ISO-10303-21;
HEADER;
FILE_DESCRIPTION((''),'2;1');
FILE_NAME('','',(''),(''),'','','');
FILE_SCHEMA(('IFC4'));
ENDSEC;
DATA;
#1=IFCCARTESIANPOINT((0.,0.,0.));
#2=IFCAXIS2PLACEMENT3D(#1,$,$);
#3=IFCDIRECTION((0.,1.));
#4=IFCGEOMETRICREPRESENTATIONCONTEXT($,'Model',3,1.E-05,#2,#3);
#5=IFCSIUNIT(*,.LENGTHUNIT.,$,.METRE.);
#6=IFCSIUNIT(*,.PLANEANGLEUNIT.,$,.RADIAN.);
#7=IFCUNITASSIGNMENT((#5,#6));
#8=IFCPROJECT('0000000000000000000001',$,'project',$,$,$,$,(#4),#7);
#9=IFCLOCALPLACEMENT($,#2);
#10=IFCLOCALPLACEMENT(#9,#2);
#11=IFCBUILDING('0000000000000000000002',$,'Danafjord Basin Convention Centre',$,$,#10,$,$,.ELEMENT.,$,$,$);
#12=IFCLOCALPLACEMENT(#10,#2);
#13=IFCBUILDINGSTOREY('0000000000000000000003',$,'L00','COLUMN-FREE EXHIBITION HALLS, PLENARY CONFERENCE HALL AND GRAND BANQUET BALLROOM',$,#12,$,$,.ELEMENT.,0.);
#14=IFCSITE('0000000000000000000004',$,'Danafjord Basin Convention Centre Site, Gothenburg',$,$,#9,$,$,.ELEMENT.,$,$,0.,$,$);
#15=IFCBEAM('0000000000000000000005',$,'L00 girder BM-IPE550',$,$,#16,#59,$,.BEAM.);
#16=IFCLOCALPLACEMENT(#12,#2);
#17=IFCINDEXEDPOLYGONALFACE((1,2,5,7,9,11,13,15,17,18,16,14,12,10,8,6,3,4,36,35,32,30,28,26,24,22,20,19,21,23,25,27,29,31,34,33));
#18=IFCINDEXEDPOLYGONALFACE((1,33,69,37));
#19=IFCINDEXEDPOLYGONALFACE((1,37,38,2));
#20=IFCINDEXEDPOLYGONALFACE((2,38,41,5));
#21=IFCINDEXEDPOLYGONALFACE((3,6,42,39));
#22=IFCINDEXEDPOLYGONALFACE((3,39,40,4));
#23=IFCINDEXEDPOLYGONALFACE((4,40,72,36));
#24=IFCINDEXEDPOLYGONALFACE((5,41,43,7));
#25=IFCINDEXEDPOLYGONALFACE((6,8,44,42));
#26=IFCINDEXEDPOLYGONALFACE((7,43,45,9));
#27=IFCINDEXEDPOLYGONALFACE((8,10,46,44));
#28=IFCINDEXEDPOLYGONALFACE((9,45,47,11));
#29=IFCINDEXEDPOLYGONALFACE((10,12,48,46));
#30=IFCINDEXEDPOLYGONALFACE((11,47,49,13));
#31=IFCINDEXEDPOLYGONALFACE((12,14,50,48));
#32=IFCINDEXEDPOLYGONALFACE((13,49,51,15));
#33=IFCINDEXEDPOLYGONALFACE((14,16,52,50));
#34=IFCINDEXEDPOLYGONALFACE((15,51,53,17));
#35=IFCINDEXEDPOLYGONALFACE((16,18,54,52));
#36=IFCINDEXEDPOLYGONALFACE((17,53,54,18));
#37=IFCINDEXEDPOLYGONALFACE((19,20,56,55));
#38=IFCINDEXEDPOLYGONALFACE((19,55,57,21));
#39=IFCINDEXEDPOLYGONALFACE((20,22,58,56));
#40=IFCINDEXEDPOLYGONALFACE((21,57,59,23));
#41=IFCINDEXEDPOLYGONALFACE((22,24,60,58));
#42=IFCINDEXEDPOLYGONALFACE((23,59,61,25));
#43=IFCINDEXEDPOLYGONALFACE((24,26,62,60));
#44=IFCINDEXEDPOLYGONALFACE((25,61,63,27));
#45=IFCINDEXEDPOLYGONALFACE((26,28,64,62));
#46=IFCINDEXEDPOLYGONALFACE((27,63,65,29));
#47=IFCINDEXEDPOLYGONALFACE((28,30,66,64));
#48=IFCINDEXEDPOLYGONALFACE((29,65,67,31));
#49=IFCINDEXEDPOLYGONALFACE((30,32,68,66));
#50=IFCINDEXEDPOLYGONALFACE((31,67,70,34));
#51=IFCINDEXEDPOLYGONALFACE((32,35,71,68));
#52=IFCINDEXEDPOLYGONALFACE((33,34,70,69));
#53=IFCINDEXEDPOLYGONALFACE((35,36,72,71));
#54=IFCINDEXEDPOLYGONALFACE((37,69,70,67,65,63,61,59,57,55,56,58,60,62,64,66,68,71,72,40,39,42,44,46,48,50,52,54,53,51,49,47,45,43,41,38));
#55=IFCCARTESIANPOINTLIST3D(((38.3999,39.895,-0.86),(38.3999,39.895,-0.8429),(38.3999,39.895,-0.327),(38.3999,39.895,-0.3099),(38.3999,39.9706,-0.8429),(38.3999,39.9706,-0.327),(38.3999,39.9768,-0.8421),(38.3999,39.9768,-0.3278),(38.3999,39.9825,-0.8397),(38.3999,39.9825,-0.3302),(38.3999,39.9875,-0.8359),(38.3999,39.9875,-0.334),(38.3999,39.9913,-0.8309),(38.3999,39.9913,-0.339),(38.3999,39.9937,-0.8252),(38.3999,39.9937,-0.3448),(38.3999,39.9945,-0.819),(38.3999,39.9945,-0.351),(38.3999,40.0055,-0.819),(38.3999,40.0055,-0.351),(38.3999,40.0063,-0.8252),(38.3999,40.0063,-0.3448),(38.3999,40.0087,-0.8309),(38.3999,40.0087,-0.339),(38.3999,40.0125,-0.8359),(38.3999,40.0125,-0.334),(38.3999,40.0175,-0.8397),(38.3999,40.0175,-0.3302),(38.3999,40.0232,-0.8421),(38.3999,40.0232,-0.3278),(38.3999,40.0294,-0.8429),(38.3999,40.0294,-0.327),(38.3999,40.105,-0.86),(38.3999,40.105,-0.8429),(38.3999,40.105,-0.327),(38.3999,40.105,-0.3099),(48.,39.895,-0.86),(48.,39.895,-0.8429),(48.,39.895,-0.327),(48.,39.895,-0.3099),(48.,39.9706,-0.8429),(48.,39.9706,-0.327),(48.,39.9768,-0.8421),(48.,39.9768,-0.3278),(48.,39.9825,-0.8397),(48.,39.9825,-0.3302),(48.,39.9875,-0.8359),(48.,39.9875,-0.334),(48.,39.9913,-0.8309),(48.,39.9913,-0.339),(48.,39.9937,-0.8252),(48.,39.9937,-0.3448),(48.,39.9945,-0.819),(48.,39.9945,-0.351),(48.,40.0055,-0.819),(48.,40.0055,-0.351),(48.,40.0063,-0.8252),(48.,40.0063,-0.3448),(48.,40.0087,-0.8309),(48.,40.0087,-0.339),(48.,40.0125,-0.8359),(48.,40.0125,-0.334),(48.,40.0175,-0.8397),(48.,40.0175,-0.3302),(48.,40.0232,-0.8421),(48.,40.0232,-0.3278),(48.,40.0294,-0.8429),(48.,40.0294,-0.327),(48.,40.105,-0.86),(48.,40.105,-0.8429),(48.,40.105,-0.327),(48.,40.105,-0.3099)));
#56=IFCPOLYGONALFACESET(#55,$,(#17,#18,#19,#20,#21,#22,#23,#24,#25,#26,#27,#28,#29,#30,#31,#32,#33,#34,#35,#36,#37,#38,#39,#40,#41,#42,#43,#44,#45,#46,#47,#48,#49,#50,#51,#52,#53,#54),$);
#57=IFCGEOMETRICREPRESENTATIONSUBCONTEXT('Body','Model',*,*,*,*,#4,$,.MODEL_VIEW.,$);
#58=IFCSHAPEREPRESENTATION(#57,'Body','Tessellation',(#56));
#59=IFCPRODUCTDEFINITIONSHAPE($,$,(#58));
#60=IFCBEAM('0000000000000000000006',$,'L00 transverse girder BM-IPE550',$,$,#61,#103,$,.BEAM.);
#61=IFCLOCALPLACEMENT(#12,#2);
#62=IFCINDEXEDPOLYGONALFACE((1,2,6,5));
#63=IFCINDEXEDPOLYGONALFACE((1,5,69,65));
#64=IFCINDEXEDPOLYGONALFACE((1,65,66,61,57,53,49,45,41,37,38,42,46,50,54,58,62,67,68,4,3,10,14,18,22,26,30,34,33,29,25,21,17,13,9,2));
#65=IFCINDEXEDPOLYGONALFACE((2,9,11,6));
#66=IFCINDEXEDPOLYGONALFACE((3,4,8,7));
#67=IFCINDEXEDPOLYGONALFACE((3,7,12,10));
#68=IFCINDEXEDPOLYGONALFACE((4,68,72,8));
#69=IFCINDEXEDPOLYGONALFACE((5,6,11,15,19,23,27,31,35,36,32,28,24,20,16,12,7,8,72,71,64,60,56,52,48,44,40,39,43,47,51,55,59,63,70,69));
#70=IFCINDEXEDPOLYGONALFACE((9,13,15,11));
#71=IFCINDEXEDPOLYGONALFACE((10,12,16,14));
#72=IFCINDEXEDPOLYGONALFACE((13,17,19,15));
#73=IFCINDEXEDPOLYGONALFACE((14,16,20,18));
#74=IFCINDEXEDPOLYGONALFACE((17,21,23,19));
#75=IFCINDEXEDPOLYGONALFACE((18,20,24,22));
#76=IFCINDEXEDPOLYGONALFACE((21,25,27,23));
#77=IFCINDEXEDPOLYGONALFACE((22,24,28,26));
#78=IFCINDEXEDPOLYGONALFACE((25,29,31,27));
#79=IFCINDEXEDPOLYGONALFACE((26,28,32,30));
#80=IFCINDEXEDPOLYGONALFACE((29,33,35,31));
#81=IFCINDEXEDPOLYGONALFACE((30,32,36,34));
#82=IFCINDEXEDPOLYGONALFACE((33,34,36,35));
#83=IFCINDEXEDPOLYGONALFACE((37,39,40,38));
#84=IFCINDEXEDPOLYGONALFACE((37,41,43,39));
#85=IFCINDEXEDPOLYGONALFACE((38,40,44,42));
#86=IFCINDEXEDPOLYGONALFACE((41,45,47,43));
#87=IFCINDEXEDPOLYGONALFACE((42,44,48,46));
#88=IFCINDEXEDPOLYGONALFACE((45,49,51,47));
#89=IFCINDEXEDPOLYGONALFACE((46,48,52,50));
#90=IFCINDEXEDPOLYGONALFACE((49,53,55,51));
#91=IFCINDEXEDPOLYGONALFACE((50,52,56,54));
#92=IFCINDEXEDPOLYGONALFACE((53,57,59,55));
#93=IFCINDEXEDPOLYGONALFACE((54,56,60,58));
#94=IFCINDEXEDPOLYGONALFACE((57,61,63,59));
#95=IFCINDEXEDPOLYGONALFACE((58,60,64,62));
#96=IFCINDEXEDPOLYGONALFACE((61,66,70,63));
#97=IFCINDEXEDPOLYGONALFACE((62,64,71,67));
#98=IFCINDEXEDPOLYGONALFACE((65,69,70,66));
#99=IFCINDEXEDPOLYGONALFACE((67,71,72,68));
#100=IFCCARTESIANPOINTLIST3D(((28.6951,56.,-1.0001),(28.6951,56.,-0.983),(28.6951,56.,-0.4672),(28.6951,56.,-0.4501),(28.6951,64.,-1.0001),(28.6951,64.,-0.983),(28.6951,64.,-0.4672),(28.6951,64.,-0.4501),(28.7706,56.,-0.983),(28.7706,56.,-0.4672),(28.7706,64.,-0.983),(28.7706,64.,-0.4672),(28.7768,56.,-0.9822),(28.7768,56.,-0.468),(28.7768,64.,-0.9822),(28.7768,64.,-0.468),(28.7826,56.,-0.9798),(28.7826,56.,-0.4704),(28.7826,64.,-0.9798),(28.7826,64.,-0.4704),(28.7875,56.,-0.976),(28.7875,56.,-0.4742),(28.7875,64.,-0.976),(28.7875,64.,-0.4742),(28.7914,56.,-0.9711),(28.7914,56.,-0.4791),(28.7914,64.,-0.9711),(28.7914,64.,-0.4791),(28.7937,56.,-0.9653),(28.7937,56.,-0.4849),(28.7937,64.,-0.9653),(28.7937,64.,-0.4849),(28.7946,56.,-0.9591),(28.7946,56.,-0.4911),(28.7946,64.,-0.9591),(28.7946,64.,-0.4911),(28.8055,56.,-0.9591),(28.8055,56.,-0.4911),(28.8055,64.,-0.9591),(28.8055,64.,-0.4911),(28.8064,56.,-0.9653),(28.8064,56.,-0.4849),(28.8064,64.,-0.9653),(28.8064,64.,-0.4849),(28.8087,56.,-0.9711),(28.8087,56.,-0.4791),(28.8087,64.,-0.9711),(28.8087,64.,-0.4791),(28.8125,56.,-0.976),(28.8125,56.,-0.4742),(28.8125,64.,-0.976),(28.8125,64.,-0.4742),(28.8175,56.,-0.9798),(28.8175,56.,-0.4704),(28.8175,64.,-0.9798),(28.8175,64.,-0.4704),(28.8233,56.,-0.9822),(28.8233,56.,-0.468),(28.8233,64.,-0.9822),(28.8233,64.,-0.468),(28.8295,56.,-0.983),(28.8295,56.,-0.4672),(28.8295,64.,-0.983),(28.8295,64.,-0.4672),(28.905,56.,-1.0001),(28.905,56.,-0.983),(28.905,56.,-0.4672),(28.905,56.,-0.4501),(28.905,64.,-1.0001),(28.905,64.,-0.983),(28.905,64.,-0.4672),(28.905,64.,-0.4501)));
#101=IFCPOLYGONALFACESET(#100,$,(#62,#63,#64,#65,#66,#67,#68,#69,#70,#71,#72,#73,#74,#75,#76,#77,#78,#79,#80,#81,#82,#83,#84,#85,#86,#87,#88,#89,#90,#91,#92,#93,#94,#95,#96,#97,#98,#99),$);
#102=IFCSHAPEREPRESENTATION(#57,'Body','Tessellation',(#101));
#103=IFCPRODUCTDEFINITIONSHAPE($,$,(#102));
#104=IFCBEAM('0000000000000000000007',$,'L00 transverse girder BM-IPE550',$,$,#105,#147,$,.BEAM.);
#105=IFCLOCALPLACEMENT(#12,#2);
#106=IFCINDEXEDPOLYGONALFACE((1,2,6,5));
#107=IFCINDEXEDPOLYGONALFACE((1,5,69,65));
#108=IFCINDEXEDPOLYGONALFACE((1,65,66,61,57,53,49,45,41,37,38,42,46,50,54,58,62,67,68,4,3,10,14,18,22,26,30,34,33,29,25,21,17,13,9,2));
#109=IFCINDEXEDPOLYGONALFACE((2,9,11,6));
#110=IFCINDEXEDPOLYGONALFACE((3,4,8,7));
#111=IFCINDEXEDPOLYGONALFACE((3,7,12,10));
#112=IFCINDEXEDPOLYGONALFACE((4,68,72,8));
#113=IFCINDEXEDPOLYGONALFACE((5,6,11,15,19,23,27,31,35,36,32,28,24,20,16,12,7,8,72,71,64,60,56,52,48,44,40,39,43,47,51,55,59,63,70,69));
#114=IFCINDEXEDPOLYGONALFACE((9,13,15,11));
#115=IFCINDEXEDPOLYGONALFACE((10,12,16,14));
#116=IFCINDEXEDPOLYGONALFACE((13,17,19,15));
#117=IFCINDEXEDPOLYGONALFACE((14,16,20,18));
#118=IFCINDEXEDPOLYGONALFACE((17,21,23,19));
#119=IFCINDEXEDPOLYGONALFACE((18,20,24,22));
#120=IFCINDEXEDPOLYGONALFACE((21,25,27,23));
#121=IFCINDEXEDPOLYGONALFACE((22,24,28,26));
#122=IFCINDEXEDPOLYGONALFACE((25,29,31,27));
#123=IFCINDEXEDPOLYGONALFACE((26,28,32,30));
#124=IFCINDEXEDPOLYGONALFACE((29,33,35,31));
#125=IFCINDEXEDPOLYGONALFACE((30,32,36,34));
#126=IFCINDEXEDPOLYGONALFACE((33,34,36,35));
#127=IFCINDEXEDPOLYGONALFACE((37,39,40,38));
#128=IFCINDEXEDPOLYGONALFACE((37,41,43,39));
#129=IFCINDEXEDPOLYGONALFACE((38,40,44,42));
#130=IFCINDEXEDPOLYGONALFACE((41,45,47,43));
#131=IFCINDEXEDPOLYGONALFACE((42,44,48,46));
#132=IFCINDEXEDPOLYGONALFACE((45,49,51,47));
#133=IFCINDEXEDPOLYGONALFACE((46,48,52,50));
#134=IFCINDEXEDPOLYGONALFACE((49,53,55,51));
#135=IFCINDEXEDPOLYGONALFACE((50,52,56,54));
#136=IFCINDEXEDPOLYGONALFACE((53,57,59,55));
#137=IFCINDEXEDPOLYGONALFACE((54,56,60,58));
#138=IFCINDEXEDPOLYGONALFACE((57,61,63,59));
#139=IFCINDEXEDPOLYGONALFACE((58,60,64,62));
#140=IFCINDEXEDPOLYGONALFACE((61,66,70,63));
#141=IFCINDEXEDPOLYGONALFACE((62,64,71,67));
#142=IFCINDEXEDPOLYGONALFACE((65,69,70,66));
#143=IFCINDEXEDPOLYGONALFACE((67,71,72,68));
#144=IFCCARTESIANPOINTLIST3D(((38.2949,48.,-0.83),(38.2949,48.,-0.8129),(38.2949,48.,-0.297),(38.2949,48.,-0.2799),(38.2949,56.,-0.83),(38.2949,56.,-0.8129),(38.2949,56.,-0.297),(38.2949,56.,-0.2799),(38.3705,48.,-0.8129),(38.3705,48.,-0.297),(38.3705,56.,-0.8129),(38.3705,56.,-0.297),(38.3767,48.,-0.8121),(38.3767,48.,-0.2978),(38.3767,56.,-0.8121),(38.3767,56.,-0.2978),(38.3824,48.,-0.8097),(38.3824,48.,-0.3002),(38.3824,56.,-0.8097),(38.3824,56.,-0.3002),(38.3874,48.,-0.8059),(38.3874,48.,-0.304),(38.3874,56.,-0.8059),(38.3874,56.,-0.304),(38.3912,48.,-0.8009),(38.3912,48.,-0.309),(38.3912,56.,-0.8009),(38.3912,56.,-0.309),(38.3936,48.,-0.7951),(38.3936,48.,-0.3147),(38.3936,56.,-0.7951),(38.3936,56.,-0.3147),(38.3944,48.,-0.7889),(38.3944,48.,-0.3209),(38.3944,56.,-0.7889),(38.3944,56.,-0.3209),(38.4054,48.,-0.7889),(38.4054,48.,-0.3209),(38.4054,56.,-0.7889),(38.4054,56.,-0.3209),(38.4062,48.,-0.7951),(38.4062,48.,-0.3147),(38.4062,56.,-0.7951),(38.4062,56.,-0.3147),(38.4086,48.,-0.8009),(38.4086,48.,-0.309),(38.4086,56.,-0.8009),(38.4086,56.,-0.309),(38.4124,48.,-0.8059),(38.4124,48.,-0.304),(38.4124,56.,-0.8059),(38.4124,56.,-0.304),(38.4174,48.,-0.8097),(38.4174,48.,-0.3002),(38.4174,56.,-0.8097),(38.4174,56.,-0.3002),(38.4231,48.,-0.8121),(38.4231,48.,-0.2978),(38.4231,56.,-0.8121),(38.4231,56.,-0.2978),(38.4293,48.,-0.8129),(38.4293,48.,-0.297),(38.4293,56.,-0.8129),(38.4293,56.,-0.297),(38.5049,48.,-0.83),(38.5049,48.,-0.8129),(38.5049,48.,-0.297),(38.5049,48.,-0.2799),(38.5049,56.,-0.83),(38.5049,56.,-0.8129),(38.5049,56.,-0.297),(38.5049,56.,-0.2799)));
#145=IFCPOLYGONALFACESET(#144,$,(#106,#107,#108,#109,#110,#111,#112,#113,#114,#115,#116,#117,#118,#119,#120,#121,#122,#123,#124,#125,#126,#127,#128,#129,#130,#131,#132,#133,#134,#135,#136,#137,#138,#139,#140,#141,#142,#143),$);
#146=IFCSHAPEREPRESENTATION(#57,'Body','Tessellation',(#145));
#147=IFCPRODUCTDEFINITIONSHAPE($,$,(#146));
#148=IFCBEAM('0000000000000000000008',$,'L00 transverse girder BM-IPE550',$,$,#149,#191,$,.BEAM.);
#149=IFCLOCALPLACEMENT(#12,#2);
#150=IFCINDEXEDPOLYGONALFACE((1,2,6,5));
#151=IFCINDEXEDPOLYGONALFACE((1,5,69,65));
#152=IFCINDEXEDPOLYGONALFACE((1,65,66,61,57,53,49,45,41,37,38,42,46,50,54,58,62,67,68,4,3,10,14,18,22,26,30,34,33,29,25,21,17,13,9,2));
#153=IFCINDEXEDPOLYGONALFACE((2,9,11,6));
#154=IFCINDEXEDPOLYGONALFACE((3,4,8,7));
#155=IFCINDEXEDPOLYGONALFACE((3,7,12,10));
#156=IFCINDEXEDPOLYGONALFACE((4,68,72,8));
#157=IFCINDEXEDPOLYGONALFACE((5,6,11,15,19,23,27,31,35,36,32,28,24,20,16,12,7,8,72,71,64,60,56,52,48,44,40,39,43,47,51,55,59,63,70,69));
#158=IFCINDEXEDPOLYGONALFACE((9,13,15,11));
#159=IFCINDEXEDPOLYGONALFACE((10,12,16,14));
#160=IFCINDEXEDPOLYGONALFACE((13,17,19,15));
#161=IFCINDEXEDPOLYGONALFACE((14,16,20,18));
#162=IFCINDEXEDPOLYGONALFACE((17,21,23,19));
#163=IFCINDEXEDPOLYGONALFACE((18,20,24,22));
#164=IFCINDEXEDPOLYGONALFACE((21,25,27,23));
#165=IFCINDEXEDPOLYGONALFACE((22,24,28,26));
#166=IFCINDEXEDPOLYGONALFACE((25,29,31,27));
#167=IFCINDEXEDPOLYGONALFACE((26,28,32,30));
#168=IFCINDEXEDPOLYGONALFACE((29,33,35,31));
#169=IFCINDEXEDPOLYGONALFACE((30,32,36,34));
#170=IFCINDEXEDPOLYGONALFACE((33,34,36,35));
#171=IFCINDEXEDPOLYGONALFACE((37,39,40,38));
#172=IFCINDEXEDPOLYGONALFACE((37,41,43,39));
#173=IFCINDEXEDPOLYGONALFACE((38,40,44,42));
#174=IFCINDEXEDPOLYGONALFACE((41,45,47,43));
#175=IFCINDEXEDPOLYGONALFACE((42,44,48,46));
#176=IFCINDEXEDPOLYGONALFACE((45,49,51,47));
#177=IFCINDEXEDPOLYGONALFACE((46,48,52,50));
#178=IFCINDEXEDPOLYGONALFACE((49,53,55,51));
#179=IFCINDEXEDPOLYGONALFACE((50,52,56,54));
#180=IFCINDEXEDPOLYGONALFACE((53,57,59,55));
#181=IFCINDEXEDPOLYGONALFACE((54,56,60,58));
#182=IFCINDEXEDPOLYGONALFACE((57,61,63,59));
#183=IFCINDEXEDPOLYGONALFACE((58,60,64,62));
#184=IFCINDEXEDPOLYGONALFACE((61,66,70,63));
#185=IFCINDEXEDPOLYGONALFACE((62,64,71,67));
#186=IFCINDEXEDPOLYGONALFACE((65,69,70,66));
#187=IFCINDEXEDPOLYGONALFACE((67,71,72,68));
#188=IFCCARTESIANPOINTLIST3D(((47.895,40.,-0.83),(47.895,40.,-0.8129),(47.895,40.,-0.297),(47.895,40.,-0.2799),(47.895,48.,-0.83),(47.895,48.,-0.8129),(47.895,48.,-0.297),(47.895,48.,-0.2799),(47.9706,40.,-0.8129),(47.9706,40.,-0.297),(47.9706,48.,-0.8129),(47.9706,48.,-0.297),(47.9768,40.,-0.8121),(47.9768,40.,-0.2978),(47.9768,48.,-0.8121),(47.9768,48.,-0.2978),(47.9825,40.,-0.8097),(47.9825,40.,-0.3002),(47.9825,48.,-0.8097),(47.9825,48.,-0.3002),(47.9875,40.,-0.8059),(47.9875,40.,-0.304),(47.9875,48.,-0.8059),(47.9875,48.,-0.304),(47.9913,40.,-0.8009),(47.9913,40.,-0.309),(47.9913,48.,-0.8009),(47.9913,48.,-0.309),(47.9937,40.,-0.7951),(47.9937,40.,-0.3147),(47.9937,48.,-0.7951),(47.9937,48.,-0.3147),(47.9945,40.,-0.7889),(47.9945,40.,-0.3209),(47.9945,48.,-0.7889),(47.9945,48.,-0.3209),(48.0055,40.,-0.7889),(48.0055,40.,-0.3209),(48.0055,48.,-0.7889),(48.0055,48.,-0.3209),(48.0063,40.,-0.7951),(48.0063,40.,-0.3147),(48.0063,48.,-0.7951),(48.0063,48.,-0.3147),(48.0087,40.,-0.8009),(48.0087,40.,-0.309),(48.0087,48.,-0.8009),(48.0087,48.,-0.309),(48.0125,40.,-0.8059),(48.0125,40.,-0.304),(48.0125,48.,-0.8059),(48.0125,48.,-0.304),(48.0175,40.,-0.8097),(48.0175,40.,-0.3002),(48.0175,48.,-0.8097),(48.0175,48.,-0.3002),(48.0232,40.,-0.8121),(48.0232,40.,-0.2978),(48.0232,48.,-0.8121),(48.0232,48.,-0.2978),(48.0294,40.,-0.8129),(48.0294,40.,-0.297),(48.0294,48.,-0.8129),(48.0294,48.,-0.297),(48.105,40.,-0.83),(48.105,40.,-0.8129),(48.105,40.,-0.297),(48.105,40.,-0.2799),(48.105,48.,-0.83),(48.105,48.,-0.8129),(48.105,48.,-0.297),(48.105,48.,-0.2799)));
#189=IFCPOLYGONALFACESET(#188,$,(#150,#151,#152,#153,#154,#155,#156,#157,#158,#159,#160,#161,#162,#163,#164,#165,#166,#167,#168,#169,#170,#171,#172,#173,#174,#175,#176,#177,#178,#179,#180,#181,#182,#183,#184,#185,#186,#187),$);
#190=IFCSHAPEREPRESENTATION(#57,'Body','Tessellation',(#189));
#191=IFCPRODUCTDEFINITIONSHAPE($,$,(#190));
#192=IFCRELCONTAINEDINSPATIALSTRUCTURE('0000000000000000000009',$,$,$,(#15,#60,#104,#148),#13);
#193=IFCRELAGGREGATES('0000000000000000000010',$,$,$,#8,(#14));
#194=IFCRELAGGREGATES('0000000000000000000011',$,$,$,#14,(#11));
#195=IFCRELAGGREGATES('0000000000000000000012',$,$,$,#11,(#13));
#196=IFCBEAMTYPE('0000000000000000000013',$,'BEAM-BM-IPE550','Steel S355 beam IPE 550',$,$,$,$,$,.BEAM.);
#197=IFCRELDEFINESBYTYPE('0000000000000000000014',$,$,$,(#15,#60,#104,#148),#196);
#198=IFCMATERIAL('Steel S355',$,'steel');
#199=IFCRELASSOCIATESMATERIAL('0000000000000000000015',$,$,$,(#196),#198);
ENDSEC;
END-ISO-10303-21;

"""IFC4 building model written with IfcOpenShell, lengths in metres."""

from ifc_helpers import new_model, si_unit, direction, frame, origin, origin_2d, place, context, subcontext, project, spatial, i_section, extrude, material, material_profile, profile_set, type_object, element, save


model = new_model("IFC4")

# Units and contexts
model_context = context("Model", 3, precision=1e-05, world=origin(), true_north=direction((0.0, 1.0)))
body_context = subcontext(model_context, "Body", "Model", "MODEL_VIEW")
ifc_project = project(units=[si_unit("LENGTHUNIT", "METRE"), si_unit("PLANEANGLEUNIT", "RADIAN")], contexts=[model_context])

# Site, building, storey
site_placement = place(None, origin())
site = spatial("IfcSite", under=ifc_project, at=site_placement, Name="Danafjord Basin Convention Centre Site, Gothenburg", CompositionType="ELEMENT", RefElevation=0.0)
building_placement = place(site_placement, origin())
building = spatial("IfcBuilding", under=site, at=building_placement, Name="Danafjord Basin Convention Centre", CompositionType="ELEMENT")
storey_placement = place(building_placement, origin())
storey = spatial("IfcBuildingStorey", under=building, at=storey_placement, Name="L00", Description="COLUMN-FREE EXHIBITION HALLS, PLENARY CONFERENCE HALL AND GRAND BANQUET BALLROOM", CompositionType="ELEMENT", Elevation=0.0)

# Shared definitions
ifc_material_1 = material(Name="Steel S355", Category="steel")

# Beams
ifc_material_profile_1 = material_profile(ifc_material_1, i_section(OverallWidth=0.21, OverallDepth=0.55, WebThickness=0.011, FlangeThickness=0.0171, FilletRadius=0.0239, at=origin_2d()), Name="IPE 550")
ifc_profile_set_1 = profile_set([ifc_material_profile_1], Name="Steel S355")
beam_type_1 = type_object("IfcBeamType", Name="BEAM-BM-IPE550", Description="Steel S355 beam IPE 550", PredefinedType="BEAM", material=ifc_profile_set_1)
beam_1_placement = place(storey_placement, frame((38.3999, 40.0, -0.585), z_axis=(1.0, 0.0, 0.0), x_axis=(0.0, 1.0, 0.0)))
element("IfcBeam", 1, at=beam_1_placement, inside=storey, type_object=beam_type_1, Name="L00 girder BM-IPE550", PredefinedType="BEAM", context=body_context, shape_type="SweptSolid", body=[
    extrude(i_section(OverallWidth=0.21, OverallDepth=0.55, WebThickness=0.011, FlangeThickness=0.0171, FilletRadius=0.0239, at=origin_2d()), origin(), (0.0, 0.0, 1.0), 9.6001),
])
for number, where, z_axis, x_axis, name in (
    (2, (28.8, 56.0, -0.7251), (0.0, 1.0, 0.0), (-1.0, 0.0, 0.0), "L00 transverse girder BM-IPE550"),
    (3, (38.3999, 48.0, -0.5549), (0.0, 1.0, 0.0), (-1.0, 0.0, 0.0), "L00 transverse girder BM-IPE550"),
    (4, (48.0, 40.0, -0.5549), (0.0, 1.0, 0.0), (-1.0, 0.0, 0.0), "L00 transverse girder BM-IPE550"),
):
    element("IfcBeam", number, at=place(storey_placement, frame(where, z_axis=z_axis, x_axis=x_axis)), inside=storey, type_object=beam_type_1, Name=name, PredefinedType="BEAM", context=body_context, shape_type="SweptSolid", body=[
        extrude(i_section(OverallWidth=0.21, OverallDepth=0.55, WebThickness=0.011, FlangeThickness=0.0171, FilletRadius=0.0239, at=origin_2d()), origin(), (0.0, 0.0, 1.0), 8.0),
    ])

save(model, "model.ifc")
